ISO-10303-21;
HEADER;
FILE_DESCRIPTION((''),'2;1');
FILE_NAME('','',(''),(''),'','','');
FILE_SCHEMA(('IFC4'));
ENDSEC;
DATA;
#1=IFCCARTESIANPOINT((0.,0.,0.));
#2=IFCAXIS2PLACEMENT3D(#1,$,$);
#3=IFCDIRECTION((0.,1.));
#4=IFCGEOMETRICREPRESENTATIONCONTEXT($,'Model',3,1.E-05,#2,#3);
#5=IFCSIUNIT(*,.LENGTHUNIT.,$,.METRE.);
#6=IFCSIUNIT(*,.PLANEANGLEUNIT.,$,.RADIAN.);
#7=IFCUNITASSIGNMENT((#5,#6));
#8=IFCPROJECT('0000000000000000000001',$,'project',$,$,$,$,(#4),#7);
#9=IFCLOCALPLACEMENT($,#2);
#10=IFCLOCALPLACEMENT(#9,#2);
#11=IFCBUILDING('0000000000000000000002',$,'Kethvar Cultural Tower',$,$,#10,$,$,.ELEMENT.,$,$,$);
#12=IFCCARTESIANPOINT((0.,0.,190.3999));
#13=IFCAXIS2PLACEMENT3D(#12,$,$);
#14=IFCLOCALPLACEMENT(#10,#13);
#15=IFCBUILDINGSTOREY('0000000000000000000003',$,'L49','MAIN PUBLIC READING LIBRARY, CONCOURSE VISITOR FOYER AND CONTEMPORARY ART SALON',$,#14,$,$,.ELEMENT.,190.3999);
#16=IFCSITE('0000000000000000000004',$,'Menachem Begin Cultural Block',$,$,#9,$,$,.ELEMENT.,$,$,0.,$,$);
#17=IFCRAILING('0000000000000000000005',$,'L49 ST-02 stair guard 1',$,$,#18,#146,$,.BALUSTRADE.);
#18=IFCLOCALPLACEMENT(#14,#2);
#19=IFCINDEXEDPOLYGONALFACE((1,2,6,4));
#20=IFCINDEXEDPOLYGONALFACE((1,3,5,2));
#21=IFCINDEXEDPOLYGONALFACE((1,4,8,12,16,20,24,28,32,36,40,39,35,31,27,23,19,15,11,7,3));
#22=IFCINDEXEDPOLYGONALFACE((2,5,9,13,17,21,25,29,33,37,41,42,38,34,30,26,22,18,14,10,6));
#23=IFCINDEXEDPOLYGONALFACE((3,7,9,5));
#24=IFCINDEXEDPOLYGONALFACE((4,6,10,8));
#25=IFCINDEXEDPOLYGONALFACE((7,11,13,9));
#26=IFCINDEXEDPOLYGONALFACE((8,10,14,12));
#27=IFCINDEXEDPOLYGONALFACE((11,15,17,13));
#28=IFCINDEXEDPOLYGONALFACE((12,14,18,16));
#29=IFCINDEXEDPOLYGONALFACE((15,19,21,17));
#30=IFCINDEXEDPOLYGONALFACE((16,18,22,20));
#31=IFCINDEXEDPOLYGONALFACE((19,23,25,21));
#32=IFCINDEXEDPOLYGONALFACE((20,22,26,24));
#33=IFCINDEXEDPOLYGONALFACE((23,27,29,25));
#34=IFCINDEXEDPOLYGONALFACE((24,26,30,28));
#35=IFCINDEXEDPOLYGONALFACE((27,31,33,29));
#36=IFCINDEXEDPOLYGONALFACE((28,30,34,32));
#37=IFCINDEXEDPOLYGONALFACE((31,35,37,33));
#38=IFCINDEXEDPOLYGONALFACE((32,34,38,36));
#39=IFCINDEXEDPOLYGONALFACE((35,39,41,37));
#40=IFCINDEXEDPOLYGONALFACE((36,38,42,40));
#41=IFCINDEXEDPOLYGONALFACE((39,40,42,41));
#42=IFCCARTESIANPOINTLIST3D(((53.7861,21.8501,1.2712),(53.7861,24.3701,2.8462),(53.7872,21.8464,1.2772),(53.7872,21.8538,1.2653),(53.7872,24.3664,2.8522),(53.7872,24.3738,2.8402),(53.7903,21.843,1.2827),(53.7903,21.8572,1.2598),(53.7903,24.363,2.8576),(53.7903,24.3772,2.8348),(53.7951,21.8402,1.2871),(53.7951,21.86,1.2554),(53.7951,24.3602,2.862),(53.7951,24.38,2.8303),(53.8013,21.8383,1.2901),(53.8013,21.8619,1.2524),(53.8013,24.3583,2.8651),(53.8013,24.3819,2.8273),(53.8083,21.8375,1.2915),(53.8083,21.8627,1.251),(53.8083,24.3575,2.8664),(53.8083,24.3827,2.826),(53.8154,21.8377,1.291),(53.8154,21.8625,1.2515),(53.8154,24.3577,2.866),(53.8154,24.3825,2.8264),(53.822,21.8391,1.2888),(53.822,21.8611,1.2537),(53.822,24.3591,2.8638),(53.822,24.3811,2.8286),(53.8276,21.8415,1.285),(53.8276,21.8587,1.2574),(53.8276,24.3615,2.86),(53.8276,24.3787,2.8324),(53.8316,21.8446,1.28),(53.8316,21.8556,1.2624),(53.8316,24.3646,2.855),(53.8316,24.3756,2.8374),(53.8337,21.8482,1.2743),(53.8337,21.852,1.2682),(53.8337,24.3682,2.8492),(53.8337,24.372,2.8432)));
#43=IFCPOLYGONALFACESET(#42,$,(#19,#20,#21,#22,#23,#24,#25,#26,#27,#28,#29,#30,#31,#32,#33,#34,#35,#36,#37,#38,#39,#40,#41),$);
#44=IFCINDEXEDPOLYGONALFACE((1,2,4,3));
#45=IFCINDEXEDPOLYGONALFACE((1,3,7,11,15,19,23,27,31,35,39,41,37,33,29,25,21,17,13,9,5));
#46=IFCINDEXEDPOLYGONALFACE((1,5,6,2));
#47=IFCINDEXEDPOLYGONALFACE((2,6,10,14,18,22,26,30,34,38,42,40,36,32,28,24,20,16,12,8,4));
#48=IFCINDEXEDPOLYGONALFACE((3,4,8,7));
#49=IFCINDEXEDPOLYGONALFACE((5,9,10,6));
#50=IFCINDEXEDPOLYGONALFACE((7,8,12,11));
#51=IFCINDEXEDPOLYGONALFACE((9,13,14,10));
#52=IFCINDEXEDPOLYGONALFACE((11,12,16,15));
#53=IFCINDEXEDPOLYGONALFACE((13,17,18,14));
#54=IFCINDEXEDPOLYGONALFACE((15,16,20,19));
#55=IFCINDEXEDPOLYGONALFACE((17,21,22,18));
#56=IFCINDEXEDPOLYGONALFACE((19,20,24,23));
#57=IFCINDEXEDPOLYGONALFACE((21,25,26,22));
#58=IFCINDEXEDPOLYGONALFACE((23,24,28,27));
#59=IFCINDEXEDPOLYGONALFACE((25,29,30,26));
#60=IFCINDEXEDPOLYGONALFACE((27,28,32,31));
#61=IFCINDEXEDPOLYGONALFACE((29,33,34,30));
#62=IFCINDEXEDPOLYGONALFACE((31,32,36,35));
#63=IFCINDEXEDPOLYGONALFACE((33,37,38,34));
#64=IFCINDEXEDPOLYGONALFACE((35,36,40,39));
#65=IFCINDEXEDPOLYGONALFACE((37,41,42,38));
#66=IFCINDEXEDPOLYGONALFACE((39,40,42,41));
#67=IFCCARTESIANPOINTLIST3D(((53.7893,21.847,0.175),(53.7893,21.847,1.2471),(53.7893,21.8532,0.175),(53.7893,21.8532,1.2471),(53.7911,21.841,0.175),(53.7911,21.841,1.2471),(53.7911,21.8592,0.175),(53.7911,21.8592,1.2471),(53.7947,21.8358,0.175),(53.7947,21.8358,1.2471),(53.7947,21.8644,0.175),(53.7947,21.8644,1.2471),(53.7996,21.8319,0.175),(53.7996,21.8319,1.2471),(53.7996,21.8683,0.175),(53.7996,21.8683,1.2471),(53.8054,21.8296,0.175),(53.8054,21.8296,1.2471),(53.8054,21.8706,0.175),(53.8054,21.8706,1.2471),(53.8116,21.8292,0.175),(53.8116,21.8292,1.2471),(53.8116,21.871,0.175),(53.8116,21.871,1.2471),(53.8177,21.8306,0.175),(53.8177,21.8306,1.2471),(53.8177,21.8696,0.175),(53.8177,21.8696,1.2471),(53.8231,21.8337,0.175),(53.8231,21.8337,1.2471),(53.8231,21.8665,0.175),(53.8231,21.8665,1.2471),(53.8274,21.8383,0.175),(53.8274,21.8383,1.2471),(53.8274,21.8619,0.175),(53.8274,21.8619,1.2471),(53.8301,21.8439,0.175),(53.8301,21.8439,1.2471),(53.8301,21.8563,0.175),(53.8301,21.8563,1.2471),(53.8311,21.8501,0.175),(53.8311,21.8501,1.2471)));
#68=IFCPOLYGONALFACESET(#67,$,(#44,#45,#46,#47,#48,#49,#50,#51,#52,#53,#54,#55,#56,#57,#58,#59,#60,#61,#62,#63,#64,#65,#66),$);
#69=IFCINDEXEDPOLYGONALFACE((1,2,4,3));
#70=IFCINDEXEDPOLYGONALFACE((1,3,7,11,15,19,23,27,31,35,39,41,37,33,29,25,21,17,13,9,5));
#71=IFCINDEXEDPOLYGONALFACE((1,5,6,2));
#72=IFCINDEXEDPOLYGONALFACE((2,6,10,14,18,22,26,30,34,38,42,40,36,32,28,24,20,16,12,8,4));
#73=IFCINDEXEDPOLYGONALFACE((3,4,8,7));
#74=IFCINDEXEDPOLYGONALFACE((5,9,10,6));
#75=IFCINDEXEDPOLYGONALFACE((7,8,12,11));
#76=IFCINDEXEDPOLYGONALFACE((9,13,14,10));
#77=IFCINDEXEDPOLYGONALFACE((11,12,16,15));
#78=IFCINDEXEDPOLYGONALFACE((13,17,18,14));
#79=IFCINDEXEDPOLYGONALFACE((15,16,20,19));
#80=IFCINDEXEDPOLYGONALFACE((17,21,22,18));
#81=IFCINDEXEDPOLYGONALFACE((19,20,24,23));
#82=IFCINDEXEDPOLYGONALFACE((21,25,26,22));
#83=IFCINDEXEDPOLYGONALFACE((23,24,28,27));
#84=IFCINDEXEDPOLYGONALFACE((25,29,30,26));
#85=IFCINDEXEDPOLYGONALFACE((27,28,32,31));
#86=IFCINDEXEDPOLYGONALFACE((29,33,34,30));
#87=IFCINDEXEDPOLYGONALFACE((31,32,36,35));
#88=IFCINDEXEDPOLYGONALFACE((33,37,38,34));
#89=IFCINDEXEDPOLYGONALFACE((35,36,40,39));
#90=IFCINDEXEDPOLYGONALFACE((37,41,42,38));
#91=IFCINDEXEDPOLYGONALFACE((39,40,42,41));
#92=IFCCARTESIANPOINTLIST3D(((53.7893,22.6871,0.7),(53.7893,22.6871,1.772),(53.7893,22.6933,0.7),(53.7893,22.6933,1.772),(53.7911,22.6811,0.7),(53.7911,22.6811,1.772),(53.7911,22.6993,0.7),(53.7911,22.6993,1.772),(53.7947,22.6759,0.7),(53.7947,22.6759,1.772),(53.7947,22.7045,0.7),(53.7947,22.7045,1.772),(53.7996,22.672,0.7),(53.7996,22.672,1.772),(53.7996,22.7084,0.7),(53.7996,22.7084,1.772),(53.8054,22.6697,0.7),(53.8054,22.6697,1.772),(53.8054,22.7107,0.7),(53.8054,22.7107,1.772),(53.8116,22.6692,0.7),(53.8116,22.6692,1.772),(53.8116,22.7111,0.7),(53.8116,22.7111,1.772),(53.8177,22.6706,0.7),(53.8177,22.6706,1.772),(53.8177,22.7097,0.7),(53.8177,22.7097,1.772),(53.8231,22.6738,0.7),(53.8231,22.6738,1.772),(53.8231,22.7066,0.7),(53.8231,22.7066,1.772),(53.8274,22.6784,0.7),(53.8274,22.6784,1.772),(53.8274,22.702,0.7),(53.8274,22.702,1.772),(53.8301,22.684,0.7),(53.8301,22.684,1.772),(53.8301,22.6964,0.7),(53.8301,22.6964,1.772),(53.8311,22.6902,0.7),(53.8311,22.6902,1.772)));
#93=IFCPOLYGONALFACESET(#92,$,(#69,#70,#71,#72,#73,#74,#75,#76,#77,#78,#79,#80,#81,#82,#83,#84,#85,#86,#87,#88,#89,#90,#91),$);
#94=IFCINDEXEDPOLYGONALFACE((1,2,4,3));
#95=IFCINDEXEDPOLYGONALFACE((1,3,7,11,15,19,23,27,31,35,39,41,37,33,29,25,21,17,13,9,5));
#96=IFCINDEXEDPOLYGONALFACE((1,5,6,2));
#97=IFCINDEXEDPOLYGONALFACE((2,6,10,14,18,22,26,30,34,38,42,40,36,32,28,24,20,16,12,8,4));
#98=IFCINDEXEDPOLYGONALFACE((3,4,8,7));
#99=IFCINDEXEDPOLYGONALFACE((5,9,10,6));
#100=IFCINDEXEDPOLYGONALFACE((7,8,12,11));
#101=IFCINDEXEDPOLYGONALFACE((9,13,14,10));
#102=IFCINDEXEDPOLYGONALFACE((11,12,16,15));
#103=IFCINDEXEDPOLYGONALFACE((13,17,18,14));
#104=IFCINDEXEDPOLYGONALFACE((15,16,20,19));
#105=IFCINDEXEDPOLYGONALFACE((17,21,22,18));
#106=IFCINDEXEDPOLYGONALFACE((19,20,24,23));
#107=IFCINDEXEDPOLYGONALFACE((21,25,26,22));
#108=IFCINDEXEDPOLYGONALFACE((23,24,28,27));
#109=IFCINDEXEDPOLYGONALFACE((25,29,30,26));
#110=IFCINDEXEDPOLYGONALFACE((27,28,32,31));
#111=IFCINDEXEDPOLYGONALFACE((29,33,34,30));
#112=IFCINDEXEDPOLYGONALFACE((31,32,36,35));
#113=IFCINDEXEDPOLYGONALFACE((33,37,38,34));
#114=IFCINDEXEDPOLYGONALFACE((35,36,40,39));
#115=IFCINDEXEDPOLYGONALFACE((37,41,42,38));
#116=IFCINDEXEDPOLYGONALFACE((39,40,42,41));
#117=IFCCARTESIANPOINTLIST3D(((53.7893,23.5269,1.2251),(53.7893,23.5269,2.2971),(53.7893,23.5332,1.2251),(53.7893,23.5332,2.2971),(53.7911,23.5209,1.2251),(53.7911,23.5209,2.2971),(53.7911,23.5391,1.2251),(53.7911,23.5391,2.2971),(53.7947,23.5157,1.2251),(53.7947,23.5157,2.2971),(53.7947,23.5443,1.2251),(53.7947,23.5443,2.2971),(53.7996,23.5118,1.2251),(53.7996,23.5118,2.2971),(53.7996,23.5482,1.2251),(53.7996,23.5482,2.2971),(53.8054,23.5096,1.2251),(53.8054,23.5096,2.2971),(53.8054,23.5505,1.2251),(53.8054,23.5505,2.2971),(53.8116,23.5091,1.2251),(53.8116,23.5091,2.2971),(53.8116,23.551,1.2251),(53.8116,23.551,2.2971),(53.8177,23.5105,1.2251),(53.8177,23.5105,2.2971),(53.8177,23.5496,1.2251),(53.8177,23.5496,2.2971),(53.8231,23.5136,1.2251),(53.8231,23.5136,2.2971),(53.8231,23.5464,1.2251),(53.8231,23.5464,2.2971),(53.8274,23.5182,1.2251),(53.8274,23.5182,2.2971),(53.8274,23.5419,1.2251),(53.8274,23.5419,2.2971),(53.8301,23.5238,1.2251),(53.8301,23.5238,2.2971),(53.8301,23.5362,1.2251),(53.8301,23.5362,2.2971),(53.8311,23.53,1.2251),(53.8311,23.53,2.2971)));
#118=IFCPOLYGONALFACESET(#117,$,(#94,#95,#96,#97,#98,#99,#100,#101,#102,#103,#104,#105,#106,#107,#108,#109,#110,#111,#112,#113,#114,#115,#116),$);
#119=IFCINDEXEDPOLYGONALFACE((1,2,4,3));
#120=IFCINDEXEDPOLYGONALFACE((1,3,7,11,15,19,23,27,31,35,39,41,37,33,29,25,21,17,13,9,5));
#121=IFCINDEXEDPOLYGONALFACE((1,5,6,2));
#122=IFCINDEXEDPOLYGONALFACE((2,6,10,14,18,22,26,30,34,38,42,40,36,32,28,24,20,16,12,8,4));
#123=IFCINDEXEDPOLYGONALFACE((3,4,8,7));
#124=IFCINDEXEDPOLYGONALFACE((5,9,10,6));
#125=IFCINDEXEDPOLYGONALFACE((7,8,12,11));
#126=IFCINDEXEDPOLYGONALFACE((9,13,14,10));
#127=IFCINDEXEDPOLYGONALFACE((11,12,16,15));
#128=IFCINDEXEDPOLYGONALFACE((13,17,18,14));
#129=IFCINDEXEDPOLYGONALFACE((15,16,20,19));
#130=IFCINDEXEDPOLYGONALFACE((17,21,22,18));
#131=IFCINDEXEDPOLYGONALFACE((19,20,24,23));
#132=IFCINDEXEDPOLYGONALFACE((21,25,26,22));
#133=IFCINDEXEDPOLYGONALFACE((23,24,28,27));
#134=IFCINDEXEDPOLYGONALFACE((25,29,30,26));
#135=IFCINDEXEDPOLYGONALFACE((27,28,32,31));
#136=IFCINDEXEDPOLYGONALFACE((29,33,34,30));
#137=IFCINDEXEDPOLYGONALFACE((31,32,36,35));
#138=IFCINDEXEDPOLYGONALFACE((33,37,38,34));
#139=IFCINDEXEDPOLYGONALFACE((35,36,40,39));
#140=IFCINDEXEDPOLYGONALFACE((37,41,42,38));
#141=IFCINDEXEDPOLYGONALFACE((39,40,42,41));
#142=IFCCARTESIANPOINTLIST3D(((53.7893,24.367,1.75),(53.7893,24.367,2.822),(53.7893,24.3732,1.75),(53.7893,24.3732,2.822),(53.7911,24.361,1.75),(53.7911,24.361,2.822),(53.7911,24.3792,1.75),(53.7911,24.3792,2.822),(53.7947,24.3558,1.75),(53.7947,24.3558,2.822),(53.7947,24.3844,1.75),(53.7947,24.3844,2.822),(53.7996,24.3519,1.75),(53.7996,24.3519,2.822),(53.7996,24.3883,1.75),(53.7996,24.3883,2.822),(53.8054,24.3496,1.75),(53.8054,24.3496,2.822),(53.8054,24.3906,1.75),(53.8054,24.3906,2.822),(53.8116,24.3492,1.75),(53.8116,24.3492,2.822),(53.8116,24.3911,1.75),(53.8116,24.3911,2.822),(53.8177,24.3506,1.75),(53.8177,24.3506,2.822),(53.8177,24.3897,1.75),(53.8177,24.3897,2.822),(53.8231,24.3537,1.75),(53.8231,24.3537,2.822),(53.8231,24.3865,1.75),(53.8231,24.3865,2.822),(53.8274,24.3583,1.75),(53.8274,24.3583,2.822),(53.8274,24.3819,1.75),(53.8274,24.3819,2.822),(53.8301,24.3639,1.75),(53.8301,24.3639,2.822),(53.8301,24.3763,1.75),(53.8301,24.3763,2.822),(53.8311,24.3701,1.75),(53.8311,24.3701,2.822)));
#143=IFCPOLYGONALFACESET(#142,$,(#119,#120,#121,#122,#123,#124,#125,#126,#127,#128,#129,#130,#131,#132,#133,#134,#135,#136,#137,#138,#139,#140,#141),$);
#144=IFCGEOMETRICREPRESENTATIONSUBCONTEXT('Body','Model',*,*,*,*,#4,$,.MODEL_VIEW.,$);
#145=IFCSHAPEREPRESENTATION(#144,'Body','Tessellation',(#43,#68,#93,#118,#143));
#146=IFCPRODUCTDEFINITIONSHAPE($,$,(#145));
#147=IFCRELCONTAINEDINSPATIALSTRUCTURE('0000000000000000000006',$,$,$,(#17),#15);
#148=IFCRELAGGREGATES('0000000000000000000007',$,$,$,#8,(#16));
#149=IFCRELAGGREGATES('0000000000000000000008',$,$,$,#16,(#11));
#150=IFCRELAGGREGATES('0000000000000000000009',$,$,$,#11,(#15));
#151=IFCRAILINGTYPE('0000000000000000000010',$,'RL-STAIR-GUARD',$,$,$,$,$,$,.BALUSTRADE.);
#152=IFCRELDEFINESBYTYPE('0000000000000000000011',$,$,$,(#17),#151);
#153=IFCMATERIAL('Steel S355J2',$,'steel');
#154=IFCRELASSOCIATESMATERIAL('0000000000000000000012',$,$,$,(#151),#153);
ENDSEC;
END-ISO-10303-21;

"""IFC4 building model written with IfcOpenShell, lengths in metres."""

from ifc_helpers import new_model, si_unit, direction, frame, origin, origin_2d, place, context, subcontext, project, spatial, circle, extrude, material, type_object, element, save


model = new_model("IFC4")

# Units and contexts
model_context = context("Model", 3, precision=1e-05, world=origin(), true_north=direction((0.0, 1.0)))
body_context = subcontext(model_context, "Body", "Model", "MODEL_VIEW")
ifc_project = project(units=[si_unit("LENGTHUNIT", "METRE"), si_unit("PLANEANGLEUNIT", "RADIAN")], contexts=[model_context])

# Site, building, storey
site_placement = place(None, origin())
site = spatial("IfcSite", under=ifc_project, at=site_placement, Name="Menachem Begin Cultural Block", CompositionType="ELEMENT", RefElevation=0.0)
building_placement = place(site_placement, origin())
building = spatial("IfcBuilding", under=site, at=building_placement, Name="Kethvar Cultural Tower", CompositionType="ELEMENT")
storey_placement = place(building_placement, frame((0.0, 0.0, 190.3999)))
storey = spatial("IfcBuildingStorey", under=building, at=storey_placement, Name="L49", Description="MAIN PUBLIC READING LIBRARY, CONCOURSE VISITOR FOYER AND CONTEMPORARY ART SALON", CompositionType="ELEMENT", Elevation=190.3999)

# Shared definitions
ifc_material_1 = material(Name="Steel S355J2", Category="steel")

# Railing
railing_type_1 = type_object("IfcRailingType", Name="RL-STAIR-GUARD", PredefinedType="BALUSTRADE", material=ifc_material_1)
railing_1_placement = place(storey_placement, frame((53.8101, 21.8501, 0.175)))
element("IfcRailing", 1, at=railing_1_placement, inside=storey, type_object=railing_type_1, Name="L49 ST-02 stair guard 1", PredefinedType="BALUSTRADE", context=body_context, shape_type="SweptSolid", body=[
    extrude(circle(Radius=0.0239, at=origin_2d()), frame((0.0, 0.0, 1.0962), z_axis=(0.0, 0.848008, 0.529984), x_axis=(-1.0, 0.0, 0.0)), (0.0, 0.0, 1.0), 2.9717),
    extrude(circle(Radius=0.021, at=origin_2d()), origin(), (0.0, 0.0, 1.0), 1.072),
    extrude(circle(Radius=0.021, at=origin_2d()), frame((0.0, 0.8401, 0.5249)), (0.0, 0.0, 1.0), 1.072),
    extrude(circle(Radius=0.021, at=origin_2d()), frame((0.0, 1.6799, 1.05)), (0.0, 0.0, 1.0), 1.072),
    extrude(circle(Radius=0.021, at=origin_2d()), frame((0.0, 2.52, 1.575)), (0.0, 0.0, 1.0), 1.072),
])

save(model, "model.ifc")
